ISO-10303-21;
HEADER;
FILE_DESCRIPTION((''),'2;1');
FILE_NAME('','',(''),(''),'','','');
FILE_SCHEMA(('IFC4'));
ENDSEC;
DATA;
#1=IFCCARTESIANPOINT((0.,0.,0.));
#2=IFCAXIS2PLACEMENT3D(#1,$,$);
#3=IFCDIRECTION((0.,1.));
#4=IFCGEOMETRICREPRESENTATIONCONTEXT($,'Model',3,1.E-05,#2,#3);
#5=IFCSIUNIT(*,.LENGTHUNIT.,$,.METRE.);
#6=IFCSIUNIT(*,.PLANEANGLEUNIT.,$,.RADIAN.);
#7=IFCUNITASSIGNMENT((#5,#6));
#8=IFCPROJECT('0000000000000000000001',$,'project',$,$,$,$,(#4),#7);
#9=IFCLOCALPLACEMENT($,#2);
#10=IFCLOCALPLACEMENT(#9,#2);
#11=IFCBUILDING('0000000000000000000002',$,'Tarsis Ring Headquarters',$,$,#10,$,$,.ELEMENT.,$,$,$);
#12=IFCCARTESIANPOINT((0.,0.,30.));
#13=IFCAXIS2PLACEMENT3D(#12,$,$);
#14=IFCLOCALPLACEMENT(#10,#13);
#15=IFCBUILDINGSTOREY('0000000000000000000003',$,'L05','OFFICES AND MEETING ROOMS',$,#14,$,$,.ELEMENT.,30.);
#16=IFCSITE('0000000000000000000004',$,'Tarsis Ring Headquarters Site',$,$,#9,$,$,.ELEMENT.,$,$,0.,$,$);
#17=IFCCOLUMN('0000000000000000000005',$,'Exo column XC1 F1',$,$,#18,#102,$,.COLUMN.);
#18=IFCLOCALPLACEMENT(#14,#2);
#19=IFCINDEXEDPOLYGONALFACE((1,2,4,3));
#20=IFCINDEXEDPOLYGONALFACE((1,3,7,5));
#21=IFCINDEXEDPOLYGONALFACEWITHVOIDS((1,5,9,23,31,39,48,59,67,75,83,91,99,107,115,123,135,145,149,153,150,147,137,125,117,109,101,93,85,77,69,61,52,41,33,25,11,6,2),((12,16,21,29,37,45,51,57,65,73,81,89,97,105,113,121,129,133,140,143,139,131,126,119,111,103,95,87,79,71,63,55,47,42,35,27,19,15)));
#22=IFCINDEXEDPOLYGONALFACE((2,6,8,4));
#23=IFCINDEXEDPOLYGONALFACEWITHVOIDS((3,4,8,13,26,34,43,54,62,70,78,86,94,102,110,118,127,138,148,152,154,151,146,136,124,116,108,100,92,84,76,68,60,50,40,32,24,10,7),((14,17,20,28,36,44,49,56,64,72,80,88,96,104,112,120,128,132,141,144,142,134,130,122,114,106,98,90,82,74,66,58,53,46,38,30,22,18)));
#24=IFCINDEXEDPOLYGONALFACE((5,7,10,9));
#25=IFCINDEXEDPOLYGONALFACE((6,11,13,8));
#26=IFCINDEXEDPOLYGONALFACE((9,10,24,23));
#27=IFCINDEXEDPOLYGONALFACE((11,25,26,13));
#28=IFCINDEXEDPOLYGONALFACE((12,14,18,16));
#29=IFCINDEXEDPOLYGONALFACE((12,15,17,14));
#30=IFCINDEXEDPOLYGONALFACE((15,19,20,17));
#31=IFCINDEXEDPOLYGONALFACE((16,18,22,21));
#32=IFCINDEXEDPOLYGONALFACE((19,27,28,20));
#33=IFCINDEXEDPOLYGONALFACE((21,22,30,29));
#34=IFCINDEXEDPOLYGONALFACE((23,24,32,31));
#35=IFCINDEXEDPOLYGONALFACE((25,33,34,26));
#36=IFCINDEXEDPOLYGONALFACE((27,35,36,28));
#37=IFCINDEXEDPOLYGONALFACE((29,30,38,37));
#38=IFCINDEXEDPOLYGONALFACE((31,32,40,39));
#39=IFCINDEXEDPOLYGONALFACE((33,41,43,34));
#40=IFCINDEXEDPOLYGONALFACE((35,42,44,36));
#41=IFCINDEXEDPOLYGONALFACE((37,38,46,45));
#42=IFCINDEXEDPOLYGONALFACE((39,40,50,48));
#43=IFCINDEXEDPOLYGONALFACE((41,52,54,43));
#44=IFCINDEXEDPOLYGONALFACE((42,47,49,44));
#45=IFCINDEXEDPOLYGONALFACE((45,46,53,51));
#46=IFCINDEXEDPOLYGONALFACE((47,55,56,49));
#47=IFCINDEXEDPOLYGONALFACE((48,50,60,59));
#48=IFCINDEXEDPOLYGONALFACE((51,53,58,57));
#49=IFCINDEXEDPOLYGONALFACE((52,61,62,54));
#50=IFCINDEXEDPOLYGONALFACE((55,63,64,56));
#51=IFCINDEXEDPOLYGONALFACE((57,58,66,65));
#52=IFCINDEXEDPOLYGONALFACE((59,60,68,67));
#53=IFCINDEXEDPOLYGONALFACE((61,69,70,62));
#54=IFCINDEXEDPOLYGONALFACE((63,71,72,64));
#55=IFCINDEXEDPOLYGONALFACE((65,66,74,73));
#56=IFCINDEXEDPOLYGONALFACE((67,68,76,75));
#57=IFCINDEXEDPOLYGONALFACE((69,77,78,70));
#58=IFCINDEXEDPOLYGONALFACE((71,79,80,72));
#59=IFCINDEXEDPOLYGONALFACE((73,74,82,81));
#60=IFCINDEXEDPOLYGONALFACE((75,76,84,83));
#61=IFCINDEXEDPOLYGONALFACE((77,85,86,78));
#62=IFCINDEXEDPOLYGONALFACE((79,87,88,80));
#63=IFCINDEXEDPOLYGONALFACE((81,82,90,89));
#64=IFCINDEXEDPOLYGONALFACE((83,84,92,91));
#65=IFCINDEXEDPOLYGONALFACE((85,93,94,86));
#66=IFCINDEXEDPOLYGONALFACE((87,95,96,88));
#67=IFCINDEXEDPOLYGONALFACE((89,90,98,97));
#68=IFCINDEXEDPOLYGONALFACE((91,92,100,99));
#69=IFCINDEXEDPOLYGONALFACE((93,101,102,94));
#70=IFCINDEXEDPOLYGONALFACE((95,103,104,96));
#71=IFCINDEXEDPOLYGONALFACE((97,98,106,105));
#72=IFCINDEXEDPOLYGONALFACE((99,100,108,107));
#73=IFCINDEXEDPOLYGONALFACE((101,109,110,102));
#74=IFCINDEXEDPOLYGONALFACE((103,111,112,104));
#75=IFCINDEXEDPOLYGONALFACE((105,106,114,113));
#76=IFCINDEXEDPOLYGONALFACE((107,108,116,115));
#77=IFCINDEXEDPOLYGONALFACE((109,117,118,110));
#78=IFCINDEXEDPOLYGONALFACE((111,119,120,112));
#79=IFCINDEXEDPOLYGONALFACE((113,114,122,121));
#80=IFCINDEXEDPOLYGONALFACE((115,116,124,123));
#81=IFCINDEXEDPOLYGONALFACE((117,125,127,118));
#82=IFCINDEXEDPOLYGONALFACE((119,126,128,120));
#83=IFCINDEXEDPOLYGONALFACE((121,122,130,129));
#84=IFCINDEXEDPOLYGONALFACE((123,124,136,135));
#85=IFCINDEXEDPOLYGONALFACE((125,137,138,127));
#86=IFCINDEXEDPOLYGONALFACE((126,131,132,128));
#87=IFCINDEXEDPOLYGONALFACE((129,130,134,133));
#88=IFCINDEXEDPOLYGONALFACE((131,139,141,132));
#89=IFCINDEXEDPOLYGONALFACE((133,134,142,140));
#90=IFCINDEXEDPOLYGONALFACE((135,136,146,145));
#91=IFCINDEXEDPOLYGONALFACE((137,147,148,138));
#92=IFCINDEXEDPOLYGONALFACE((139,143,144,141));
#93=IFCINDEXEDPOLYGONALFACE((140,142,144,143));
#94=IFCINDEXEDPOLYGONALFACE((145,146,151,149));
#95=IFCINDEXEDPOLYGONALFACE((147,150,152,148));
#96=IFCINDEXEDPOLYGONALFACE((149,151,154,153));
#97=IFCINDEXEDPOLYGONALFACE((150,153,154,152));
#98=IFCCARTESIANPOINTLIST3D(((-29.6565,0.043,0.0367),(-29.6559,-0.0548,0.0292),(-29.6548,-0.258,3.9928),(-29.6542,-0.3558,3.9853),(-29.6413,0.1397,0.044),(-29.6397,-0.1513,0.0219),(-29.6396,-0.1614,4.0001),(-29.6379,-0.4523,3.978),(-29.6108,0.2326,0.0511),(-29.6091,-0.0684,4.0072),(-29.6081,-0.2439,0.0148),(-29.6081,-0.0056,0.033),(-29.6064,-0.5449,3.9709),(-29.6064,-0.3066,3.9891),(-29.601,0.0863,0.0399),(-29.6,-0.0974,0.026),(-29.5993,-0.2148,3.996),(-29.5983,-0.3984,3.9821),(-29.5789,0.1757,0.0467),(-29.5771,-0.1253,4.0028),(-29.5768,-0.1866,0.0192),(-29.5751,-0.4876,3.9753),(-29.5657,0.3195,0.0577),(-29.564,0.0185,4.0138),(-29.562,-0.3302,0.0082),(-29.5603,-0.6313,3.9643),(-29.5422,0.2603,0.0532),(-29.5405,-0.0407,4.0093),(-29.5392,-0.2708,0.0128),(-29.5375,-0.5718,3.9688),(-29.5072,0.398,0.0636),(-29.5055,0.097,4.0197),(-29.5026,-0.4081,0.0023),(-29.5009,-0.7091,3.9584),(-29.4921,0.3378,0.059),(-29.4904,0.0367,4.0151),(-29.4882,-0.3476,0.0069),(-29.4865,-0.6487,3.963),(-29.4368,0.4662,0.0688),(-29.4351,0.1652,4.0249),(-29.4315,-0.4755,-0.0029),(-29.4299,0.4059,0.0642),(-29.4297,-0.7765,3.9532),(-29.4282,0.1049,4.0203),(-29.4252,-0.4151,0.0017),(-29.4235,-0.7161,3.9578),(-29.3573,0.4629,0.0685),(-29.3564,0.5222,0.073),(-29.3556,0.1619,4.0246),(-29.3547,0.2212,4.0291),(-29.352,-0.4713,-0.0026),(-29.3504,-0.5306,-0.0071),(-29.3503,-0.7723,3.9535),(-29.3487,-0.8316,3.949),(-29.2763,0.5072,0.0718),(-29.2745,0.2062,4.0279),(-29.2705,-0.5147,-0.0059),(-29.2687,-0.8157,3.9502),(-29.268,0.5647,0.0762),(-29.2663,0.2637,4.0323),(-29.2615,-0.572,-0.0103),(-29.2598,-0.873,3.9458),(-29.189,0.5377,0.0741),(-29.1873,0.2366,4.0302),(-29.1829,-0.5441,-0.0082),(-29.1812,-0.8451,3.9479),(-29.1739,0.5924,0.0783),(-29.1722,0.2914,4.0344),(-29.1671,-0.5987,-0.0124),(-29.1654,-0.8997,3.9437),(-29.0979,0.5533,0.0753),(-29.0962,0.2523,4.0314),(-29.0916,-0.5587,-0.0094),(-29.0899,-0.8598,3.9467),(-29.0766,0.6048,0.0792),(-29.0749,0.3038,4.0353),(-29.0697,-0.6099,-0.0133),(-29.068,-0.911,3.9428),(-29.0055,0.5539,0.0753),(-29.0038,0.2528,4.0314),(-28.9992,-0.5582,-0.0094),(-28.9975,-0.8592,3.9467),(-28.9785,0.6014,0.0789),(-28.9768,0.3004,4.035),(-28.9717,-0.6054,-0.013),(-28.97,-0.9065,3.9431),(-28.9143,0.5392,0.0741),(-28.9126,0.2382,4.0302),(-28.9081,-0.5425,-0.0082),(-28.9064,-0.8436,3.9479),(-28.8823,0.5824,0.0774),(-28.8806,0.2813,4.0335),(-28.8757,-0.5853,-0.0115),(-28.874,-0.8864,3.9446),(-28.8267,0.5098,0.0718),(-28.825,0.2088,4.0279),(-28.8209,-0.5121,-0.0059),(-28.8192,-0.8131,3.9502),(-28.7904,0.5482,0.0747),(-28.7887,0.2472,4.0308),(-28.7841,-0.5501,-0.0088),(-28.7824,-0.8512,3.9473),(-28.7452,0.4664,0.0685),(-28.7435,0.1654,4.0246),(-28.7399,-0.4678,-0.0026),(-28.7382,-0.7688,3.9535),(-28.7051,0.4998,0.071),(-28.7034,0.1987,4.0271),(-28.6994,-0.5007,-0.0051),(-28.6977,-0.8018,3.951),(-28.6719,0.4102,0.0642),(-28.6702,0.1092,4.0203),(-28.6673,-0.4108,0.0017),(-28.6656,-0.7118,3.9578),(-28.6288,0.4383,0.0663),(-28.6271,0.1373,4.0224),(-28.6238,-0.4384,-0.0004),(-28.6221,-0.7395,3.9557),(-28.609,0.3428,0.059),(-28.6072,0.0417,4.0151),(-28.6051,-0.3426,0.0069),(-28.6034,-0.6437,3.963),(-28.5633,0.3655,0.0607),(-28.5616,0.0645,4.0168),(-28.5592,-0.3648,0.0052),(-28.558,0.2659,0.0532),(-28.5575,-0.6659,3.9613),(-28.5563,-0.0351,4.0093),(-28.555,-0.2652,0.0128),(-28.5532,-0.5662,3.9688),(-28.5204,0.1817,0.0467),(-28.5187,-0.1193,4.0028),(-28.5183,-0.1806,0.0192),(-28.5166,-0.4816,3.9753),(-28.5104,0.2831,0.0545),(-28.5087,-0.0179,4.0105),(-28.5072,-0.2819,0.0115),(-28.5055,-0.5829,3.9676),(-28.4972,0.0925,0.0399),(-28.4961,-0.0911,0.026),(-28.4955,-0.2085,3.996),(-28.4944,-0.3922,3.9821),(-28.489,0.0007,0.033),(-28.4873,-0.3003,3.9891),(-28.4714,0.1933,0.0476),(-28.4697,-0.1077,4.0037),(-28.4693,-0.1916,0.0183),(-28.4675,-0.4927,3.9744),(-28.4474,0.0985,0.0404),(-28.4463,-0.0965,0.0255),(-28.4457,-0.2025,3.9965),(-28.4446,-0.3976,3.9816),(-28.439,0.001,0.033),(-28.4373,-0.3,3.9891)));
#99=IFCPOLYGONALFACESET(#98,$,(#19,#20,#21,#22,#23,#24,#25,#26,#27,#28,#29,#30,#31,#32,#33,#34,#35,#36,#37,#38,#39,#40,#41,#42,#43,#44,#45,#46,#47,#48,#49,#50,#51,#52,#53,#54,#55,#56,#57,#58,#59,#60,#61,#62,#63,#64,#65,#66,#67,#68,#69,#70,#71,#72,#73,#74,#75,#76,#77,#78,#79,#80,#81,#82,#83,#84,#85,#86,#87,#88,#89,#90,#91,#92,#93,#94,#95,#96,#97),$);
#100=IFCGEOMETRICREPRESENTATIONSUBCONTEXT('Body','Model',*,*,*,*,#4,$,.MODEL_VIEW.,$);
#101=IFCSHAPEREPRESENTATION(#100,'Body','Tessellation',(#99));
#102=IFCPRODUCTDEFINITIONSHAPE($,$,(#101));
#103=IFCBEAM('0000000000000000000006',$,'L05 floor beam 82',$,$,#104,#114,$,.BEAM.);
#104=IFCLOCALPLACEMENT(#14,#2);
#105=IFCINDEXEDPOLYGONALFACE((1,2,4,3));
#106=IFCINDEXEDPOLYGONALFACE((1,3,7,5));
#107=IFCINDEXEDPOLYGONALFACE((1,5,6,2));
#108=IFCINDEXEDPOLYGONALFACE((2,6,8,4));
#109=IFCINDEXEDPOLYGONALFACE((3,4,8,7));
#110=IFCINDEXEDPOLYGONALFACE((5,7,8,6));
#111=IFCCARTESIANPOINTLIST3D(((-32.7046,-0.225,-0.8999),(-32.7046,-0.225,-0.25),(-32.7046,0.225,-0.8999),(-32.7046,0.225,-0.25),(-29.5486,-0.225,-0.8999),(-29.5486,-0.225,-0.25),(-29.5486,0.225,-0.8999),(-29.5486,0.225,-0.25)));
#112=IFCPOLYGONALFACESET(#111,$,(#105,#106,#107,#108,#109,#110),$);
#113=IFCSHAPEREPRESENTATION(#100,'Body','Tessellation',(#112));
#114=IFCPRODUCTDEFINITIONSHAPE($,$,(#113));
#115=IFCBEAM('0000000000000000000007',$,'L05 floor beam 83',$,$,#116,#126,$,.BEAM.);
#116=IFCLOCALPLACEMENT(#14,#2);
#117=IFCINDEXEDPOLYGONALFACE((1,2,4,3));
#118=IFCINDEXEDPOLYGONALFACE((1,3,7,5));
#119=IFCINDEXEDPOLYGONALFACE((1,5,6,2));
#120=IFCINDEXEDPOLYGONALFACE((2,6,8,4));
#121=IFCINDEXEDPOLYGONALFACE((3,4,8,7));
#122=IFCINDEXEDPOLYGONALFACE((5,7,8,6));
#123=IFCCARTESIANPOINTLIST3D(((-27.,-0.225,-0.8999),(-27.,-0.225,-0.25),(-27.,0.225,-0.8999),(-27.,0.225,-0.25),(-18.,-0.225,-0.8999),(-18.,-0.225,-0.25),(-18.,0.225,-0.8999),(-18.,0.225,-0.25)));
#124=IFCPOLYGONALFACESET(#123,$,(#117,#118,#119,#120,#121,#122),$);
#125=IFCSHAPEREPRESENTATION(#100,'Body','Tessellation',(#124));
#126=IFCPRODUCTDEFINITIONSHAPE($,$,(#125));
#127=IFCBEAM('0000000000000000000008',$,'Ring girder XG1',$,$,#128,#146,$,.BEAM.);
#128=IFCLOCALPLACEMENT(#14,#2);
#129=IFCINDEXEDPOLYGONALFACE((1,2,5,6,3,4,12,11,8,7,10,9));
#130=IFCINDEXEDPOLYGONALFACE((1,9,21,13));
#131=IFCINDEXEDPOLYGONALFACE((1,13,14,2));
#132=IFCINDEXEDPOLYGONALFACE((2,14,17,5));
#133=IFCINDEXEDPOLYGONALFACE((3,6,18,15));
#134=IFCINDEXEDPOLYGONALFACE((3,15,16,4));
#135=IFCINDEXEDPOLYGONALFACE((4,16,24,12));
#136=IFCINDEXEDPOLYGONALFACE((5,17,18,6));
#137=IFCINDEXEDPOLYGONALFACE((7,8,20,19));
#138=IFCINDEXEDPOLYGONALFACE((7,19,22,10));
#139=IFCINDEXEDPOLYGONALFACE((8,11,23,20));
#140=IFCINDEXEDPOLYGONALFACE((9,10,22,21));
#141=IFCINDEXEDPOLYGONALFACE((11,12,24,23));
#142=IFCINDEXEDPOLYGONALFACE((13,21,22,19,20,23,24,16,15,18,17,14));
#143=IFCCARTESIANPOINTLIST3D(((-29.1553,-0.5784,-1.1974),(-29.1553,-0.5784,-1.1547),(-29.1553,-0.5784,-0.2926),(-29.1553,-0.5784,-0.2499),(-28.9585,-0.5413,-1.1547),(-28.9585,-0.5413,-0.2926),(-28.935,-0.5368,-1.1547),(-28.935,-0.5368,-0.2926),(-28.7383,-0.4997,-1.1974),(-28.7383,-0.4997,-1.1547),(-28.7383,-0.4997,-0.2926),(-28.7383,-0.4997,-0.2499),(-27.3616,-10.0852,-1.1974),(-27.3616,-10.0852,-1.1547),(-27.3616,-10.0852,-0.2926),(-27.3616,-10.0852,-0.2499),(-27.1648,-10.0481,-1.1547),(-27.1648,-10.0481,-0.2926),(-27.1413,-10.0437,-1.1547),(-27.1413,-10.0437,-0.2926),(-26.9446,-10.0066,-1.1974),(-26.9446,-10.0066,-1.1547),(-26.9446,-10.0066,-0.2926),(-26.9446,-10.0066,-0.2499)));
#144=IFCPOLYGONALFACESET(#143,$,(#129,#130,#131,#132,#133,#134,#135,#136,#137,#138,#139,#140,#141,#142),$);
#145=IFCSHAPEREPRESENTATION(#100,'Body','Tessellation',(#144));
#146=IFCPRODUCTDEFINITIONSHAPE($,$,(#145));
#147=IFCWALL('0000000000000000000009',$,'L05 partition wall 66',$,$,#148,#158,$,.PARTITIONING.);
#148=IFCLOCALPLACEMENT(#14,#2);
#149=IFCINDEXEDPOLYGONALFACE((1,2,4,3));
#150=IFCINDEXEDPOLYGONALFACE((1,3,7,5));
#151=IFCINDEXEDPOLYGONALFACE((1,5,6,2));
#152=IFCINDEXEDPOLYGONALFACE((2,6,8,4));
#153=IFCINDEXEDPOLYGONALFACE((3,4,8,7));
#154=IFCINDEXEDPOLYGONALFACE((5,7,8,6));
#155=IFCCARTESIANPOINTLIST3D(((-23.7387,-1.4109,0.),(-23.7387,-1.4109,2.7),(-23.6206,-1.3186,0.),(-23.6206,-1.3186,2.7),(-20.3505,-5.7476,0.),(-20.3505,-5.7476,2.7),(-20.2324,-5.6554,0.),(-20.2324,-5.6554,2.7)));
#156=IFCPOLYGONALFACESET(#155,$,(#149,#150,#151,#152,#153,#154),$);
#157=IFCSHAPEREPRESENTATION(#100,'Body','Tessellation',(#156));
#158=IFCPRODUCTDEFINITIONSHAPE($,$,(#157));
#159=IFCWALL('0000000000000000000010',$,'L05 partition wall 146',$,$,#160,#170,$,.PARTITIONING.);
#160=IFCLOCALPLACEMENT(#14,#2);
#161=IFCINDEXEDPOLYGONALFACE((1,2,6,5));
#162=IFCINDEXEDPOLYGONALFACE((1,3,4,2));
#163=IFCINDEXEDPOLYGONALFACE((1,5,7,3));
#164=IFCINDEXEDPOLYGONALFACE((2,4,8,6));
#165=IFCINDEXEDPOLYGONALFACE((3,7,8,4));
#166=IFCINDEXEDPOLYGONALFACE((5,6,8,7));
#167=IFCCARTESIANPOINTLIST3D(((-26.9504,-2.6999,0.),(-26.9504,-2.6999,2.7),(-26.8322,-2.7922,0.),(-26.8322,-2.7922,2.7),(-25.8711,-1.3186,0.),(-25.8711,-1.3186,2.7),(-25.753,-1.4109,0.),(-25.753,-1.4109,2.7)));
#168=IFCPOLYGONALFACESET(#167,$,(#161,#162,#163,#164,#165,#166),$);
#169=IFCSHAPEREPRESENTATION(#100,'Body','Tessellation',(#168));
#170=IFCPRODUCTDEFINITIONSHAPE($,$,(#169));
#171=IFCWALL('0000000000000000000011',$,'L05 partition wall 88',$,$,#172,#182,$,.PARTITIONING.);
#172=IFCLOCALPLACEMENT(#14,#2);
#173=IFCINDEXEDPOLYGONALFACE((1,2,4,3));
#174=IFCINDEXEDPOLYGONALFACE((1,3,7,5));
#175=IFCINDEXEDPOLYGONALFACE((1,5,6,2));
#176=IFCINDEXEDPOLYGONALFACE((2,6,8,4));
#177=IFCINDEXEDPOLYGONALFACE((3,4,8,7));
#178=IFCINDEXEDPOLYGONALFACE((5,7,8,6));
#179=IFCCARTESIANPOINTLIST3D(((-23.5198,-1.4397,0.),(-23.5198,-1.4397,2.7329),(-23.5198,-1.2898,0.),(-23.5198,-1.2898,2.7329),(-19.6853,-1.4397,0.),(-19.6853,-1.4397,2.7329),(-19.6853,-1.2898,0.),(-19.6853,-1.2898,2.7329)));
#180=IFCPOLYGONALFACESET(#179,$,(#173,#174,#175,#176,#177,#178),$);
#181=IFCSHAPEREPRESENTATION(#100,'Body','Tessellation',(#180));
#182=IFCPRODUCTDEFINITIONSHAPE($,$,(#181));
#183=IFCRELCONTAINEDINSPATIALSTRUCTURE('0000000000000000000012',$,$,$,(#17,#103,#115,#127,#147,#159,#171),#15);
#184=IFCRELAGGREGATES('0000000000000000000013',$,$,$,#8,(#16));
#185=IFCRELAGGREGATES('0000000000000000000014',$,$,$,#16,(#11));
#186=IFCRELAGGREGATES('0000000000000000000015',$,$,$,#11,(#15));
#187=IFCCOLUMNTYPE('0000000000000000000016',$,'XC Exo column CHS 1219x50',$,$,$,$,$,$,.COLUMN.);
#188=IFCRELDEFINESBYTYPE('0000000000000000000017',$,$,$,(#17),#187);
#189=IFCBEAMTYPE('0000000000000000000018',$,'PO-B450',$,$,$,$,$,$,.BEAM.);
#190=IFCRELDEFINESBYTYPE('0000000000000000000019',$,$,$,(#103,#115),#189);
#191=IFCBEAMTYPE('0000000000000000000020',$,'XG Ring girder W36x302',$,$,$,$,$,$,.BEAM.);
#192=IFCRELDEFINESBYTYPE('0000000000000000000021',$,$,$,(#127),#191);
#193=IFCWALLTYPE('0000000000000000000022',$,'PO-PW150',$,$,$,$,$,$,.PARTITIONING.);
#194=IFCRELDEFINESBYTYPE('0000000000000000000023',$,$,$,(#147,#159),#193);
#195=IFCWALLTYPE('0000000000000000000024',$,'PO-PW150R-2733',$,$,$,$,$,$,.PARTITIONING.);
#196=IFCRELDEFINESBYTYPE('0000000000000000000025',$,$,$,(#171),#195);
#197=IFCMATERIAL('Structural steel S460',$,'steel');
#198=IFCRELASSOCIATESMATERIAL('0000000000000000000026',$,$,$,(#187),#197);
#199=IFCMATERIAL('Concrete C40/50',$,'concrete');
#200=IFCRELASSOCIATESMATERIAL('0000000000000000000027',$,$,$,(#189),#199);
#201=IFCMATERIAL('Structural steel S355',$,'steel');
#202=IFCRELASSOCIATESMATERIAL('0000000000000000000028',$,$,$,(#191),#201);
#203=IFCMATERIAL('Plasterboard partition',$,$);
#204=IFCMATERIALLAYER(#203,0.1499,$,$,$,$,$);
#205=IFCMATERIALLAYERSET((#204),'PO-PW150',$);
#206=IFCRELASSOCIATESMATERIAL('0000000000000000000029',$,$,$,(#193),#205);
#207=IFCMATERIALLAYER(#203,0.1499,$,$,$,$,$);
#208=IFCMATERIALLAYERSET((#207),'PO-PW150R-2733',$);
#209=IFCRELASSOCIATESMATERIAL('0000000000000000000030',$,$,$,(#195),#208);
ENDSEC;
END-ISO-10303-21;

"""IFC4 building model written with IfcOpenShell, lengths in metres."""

from ifc_helpers import new_model, si_unit, direction, frame, frame_2d, origin, origin_2d, place, context, subcontext, project, spatial, rectangle, hollow_circle, i_section, extrude, material, layer, layer_set, material_profile, profile_set, type_object, element, save


model = new_model("IFC4")

# Units and contexts
model_context = context("Model", 3, precision=1e-05, world=origin(), true_north=direction((0.0, 1.0)))
body_context = subcontext(model_context, "Body", "Model", "MODEL_VIEW")
ifc_project = project(units=[si_unit("LENGTHUNIT", "METRE"), si_unit("PLANEANGLEUNIT", "RADIAN")], contexts=[model_context])

# Site, building, storey
site_placement = place(None, origin())
site = spatial("IfcSite", under=ifc_project, at=site_placement, Name="Tarsis Ring Headquarters Site", CompositionType="ELEMENT", RefElevation=0.0)
building_placement = place(site_placement, origin())
building = spatial("IfcBuilding", under=site, at=building_placement, Name="Tarsis Ring Headquarters", CompositionType="ELEMENT")
storey_placement = place(building_placement, frame((0.0, 0.0, 30.0)))
storey = spatial("IfcBuildingStorey", under=building, at=storey_placement, Name="L05", Description="OFFICES AND MEETING ROOMS", CompositionType="ELEMENT", Elevation=30.0)

# Column
ifc_material_1 = material(Name="Structural steel S460", Category="steel")
ifc_material_profile_1 = material_profile(ifc_material_1, hollow_circle(Radius=0.6096, WallThickness=0.05, at=origin_2d()), Name="CHS 1219x50")
ifc_profile_set_1 = profile_set([ifc_material_profile_1], Name="Structural steel S460")
column_type = type_object("IfcColumnType", Name="XC Exo column CHS 1219x50", PredefinedType="COLUMN", material=ifc_profile_set_1)
column_placement = place(storey_placement, frame((-29.0486, -0.0024, 0.033), z_axis=(0.000431, -0.075873, 0.997117), x_axis=(0.999984, 0.005677, 0.0)))
element("IfcColumn", 1, at=column_placement, inside=storey, type_object=column_type, Name="Exo column XC1 F1", PredefinedType="COLUMN", context=body_context, shape_type="SweptSolid", body=[
    extrude(hollow_circle(Radius=0.6096, WallThickness=0.05, at=origin_2d()), origin(), (0.0, 0.0, 1.0), 3.9675),
])

# Beams
ifc_material_2 = material(Name="Concrete C40/50", Category="concrete")
ifc_material_profile_2 = material_profile(ifc_material_2, rectangle(XDim=0.45, YDim=0.6499, at=origin_2d()), Name="PO-B450")
ifc_profile_set_2 = profile_set([ifc_material_profile_2], Name="Concrete C40/50")
beam_type_1 = type_object("IfcBeamType", Name="PO-B450", PredefinedType="BEAM", material=ifc_profile_set_2)
beam_1_placement = place(storey_placement, frame((-32.7046, 0.0, -0.575), z_axis=(1.0, 0.0, 0.0), x_axis=(0.0, 1.0, 0.0)))
element("IfcBeam", 2, at=beam_1_placement, inside=storey, type_object=beam_type_1, Name="L05 floor beam 82", PredefinedType="BEAM", context=body_context, shape_type="SweptSolid", body=[
    extrude(rectangle(XDim=0.45, YDim=0.6499, at=origin_2d()), origin(), (0.0, 0.0, 1.0), 3.156),
])
beam_2_placement = place(storey_placement, frame((-27.0, 0.0, -0.575), z_axis=(1.0, 0.0, 0.0), x_axis=(0.0, 1.0, 0.0)))
element("IfcBeam", 3, at=beam_2_placement, inside=storey, type_object=beam_type_1, Name="L05 floor beam 83", PredefinedType="BEAM", context=body_context, shape_type="SweptSolid", body=[
    extrude(rectangle(XDim=0.45, YDim=0.6499, at=origin_2d()), origin(), (0.0, 0.0, 1.0), 9.0),
])
ifc_material_3 = material(Name="Structural steel S355", Category="steel")
ifc_material_profile_3 = material_profile(ifc_material_3, i_section(OverallWidth=0.4243, OverallDepth=0.9475, WebThickness=0.0239, FlangeThickness=0.0427, at=origin_2d()), Name="W36x302")
ifc_profile_set_3 = profile_set([ifc_material_profile_3], Name="Structural steel S355")
beam_type_2 = type_object("IfcBeamType", Name="XG Ring girder W36x302", PredefinedType="BEAM", material=ifc_profile_set_3)
beam_3_placement = place(storey_placement, frame((-28.9468, -0.5391, -0.7236), z_axis=(0.185404, -0.982662, 0.0), x_axis=(0.982662, 0.185404, 0.0)))
element("IfcBeam", 4, at=beam_3_placement, inside=storey, type_object=beam_type_2, Name="Ring girder XG1", PredefinedType="BEAM", context=body_context, shape_type="SweptSolid", body=[
    extrude(i_section(OverallWidth=0.4243, OverallDepth=0.9475, WebThickness=0.0239, FlangeThickness=0.0427, at=origin_2d()), origin(), (0.0, 0.0, 1.0), 9.6746),
])

# Walls
ifc_material_4 = material(Name="Plasterboard partition")
ifc_layer_1 = layer(ifc_material_4, 0.1499)
ifc_layer_set_1 = layer_set([ifc_layer_1], Name="PO-PW150")
wall_type_1 = type_object("IfcWallType", Name="PO-PW150", PredefinedType="PARTITIONING", material=ifc_layer_set_1)
wall_1_placement = place(storey_placement, frame((-23.6797, -1.3647, 0.0), z_axis=(0.0, 0.0, 1.0), x_axis=(0.615662, -0.78801, 0.0)))
element("IfcWall", 5, at=wall_1_placement, inside=storey, type_object=wall_type_1, Name="L05 partition wall 66", PredefinedType="PARTITIONING", context=body_context, shape_type="SweptSolid", body=[
    extrude(rectangle(XDim=5.5034, YDim=0.1499, at=frame_2d((2.7517, 0.0))), origin(), (0.0, 0.0, 1.0), 2.7),
])
wall_2_placement = place(storey_placement, frame((-25.812, -1.3647, 0.0), z_axis=(0.0, 0.0, 1.0), x_axis=(-0.615703, -0.787978, 0.0)))
element("IfcWall", 6, at=wall_2_placement, inside=storey, type_object=wall_type_1, Name="L05 partition wall 146", PredefinedType="PARTITIONING", context=body_context, shape_type="SweptSolid", body=[
    extrude(rectangle(XDim=1.7529, YDim=0.1499, at=frame_2d((0.8765, 0.0))), origin(), (0.0, 0.0, 1.0), 2.7),
])
ifc_layer_2 = layer(ifc_material_4, 0.1499)
ifc_layer_set_2 = layer_set([ifc_layer_2], Name="PO-PW150R-2733")
wall_type_2 = type_object("IfcWallType", Name="PO-PW150R-2733", PredefinedType="PARTITIONING", material=ifc_layer_set_2)
wall_3_placement = place(storey_placement, frame((-19.6853, -1.3647, 0.0), z_axis=(0.0, 0.0, 1.0), x_axis=(-1.0, 0.0, 0.0)))
element("IfcWall", 7, at=wall_3_placement, inside=storey, type_object=wall_type_2, Name="L05 partition wall 88", PredefinedType="PARTITIONING", context=body_context, shape_type="SweptSolid", body=[
    extrude(rectangle(XDim=3.8345, YDim=0.1499, at=frame_2d((1.9172, 0.0))), origin(), (0.0, 0.0, 1.0), 2.7329),
])

save(model, "model.ifc")
